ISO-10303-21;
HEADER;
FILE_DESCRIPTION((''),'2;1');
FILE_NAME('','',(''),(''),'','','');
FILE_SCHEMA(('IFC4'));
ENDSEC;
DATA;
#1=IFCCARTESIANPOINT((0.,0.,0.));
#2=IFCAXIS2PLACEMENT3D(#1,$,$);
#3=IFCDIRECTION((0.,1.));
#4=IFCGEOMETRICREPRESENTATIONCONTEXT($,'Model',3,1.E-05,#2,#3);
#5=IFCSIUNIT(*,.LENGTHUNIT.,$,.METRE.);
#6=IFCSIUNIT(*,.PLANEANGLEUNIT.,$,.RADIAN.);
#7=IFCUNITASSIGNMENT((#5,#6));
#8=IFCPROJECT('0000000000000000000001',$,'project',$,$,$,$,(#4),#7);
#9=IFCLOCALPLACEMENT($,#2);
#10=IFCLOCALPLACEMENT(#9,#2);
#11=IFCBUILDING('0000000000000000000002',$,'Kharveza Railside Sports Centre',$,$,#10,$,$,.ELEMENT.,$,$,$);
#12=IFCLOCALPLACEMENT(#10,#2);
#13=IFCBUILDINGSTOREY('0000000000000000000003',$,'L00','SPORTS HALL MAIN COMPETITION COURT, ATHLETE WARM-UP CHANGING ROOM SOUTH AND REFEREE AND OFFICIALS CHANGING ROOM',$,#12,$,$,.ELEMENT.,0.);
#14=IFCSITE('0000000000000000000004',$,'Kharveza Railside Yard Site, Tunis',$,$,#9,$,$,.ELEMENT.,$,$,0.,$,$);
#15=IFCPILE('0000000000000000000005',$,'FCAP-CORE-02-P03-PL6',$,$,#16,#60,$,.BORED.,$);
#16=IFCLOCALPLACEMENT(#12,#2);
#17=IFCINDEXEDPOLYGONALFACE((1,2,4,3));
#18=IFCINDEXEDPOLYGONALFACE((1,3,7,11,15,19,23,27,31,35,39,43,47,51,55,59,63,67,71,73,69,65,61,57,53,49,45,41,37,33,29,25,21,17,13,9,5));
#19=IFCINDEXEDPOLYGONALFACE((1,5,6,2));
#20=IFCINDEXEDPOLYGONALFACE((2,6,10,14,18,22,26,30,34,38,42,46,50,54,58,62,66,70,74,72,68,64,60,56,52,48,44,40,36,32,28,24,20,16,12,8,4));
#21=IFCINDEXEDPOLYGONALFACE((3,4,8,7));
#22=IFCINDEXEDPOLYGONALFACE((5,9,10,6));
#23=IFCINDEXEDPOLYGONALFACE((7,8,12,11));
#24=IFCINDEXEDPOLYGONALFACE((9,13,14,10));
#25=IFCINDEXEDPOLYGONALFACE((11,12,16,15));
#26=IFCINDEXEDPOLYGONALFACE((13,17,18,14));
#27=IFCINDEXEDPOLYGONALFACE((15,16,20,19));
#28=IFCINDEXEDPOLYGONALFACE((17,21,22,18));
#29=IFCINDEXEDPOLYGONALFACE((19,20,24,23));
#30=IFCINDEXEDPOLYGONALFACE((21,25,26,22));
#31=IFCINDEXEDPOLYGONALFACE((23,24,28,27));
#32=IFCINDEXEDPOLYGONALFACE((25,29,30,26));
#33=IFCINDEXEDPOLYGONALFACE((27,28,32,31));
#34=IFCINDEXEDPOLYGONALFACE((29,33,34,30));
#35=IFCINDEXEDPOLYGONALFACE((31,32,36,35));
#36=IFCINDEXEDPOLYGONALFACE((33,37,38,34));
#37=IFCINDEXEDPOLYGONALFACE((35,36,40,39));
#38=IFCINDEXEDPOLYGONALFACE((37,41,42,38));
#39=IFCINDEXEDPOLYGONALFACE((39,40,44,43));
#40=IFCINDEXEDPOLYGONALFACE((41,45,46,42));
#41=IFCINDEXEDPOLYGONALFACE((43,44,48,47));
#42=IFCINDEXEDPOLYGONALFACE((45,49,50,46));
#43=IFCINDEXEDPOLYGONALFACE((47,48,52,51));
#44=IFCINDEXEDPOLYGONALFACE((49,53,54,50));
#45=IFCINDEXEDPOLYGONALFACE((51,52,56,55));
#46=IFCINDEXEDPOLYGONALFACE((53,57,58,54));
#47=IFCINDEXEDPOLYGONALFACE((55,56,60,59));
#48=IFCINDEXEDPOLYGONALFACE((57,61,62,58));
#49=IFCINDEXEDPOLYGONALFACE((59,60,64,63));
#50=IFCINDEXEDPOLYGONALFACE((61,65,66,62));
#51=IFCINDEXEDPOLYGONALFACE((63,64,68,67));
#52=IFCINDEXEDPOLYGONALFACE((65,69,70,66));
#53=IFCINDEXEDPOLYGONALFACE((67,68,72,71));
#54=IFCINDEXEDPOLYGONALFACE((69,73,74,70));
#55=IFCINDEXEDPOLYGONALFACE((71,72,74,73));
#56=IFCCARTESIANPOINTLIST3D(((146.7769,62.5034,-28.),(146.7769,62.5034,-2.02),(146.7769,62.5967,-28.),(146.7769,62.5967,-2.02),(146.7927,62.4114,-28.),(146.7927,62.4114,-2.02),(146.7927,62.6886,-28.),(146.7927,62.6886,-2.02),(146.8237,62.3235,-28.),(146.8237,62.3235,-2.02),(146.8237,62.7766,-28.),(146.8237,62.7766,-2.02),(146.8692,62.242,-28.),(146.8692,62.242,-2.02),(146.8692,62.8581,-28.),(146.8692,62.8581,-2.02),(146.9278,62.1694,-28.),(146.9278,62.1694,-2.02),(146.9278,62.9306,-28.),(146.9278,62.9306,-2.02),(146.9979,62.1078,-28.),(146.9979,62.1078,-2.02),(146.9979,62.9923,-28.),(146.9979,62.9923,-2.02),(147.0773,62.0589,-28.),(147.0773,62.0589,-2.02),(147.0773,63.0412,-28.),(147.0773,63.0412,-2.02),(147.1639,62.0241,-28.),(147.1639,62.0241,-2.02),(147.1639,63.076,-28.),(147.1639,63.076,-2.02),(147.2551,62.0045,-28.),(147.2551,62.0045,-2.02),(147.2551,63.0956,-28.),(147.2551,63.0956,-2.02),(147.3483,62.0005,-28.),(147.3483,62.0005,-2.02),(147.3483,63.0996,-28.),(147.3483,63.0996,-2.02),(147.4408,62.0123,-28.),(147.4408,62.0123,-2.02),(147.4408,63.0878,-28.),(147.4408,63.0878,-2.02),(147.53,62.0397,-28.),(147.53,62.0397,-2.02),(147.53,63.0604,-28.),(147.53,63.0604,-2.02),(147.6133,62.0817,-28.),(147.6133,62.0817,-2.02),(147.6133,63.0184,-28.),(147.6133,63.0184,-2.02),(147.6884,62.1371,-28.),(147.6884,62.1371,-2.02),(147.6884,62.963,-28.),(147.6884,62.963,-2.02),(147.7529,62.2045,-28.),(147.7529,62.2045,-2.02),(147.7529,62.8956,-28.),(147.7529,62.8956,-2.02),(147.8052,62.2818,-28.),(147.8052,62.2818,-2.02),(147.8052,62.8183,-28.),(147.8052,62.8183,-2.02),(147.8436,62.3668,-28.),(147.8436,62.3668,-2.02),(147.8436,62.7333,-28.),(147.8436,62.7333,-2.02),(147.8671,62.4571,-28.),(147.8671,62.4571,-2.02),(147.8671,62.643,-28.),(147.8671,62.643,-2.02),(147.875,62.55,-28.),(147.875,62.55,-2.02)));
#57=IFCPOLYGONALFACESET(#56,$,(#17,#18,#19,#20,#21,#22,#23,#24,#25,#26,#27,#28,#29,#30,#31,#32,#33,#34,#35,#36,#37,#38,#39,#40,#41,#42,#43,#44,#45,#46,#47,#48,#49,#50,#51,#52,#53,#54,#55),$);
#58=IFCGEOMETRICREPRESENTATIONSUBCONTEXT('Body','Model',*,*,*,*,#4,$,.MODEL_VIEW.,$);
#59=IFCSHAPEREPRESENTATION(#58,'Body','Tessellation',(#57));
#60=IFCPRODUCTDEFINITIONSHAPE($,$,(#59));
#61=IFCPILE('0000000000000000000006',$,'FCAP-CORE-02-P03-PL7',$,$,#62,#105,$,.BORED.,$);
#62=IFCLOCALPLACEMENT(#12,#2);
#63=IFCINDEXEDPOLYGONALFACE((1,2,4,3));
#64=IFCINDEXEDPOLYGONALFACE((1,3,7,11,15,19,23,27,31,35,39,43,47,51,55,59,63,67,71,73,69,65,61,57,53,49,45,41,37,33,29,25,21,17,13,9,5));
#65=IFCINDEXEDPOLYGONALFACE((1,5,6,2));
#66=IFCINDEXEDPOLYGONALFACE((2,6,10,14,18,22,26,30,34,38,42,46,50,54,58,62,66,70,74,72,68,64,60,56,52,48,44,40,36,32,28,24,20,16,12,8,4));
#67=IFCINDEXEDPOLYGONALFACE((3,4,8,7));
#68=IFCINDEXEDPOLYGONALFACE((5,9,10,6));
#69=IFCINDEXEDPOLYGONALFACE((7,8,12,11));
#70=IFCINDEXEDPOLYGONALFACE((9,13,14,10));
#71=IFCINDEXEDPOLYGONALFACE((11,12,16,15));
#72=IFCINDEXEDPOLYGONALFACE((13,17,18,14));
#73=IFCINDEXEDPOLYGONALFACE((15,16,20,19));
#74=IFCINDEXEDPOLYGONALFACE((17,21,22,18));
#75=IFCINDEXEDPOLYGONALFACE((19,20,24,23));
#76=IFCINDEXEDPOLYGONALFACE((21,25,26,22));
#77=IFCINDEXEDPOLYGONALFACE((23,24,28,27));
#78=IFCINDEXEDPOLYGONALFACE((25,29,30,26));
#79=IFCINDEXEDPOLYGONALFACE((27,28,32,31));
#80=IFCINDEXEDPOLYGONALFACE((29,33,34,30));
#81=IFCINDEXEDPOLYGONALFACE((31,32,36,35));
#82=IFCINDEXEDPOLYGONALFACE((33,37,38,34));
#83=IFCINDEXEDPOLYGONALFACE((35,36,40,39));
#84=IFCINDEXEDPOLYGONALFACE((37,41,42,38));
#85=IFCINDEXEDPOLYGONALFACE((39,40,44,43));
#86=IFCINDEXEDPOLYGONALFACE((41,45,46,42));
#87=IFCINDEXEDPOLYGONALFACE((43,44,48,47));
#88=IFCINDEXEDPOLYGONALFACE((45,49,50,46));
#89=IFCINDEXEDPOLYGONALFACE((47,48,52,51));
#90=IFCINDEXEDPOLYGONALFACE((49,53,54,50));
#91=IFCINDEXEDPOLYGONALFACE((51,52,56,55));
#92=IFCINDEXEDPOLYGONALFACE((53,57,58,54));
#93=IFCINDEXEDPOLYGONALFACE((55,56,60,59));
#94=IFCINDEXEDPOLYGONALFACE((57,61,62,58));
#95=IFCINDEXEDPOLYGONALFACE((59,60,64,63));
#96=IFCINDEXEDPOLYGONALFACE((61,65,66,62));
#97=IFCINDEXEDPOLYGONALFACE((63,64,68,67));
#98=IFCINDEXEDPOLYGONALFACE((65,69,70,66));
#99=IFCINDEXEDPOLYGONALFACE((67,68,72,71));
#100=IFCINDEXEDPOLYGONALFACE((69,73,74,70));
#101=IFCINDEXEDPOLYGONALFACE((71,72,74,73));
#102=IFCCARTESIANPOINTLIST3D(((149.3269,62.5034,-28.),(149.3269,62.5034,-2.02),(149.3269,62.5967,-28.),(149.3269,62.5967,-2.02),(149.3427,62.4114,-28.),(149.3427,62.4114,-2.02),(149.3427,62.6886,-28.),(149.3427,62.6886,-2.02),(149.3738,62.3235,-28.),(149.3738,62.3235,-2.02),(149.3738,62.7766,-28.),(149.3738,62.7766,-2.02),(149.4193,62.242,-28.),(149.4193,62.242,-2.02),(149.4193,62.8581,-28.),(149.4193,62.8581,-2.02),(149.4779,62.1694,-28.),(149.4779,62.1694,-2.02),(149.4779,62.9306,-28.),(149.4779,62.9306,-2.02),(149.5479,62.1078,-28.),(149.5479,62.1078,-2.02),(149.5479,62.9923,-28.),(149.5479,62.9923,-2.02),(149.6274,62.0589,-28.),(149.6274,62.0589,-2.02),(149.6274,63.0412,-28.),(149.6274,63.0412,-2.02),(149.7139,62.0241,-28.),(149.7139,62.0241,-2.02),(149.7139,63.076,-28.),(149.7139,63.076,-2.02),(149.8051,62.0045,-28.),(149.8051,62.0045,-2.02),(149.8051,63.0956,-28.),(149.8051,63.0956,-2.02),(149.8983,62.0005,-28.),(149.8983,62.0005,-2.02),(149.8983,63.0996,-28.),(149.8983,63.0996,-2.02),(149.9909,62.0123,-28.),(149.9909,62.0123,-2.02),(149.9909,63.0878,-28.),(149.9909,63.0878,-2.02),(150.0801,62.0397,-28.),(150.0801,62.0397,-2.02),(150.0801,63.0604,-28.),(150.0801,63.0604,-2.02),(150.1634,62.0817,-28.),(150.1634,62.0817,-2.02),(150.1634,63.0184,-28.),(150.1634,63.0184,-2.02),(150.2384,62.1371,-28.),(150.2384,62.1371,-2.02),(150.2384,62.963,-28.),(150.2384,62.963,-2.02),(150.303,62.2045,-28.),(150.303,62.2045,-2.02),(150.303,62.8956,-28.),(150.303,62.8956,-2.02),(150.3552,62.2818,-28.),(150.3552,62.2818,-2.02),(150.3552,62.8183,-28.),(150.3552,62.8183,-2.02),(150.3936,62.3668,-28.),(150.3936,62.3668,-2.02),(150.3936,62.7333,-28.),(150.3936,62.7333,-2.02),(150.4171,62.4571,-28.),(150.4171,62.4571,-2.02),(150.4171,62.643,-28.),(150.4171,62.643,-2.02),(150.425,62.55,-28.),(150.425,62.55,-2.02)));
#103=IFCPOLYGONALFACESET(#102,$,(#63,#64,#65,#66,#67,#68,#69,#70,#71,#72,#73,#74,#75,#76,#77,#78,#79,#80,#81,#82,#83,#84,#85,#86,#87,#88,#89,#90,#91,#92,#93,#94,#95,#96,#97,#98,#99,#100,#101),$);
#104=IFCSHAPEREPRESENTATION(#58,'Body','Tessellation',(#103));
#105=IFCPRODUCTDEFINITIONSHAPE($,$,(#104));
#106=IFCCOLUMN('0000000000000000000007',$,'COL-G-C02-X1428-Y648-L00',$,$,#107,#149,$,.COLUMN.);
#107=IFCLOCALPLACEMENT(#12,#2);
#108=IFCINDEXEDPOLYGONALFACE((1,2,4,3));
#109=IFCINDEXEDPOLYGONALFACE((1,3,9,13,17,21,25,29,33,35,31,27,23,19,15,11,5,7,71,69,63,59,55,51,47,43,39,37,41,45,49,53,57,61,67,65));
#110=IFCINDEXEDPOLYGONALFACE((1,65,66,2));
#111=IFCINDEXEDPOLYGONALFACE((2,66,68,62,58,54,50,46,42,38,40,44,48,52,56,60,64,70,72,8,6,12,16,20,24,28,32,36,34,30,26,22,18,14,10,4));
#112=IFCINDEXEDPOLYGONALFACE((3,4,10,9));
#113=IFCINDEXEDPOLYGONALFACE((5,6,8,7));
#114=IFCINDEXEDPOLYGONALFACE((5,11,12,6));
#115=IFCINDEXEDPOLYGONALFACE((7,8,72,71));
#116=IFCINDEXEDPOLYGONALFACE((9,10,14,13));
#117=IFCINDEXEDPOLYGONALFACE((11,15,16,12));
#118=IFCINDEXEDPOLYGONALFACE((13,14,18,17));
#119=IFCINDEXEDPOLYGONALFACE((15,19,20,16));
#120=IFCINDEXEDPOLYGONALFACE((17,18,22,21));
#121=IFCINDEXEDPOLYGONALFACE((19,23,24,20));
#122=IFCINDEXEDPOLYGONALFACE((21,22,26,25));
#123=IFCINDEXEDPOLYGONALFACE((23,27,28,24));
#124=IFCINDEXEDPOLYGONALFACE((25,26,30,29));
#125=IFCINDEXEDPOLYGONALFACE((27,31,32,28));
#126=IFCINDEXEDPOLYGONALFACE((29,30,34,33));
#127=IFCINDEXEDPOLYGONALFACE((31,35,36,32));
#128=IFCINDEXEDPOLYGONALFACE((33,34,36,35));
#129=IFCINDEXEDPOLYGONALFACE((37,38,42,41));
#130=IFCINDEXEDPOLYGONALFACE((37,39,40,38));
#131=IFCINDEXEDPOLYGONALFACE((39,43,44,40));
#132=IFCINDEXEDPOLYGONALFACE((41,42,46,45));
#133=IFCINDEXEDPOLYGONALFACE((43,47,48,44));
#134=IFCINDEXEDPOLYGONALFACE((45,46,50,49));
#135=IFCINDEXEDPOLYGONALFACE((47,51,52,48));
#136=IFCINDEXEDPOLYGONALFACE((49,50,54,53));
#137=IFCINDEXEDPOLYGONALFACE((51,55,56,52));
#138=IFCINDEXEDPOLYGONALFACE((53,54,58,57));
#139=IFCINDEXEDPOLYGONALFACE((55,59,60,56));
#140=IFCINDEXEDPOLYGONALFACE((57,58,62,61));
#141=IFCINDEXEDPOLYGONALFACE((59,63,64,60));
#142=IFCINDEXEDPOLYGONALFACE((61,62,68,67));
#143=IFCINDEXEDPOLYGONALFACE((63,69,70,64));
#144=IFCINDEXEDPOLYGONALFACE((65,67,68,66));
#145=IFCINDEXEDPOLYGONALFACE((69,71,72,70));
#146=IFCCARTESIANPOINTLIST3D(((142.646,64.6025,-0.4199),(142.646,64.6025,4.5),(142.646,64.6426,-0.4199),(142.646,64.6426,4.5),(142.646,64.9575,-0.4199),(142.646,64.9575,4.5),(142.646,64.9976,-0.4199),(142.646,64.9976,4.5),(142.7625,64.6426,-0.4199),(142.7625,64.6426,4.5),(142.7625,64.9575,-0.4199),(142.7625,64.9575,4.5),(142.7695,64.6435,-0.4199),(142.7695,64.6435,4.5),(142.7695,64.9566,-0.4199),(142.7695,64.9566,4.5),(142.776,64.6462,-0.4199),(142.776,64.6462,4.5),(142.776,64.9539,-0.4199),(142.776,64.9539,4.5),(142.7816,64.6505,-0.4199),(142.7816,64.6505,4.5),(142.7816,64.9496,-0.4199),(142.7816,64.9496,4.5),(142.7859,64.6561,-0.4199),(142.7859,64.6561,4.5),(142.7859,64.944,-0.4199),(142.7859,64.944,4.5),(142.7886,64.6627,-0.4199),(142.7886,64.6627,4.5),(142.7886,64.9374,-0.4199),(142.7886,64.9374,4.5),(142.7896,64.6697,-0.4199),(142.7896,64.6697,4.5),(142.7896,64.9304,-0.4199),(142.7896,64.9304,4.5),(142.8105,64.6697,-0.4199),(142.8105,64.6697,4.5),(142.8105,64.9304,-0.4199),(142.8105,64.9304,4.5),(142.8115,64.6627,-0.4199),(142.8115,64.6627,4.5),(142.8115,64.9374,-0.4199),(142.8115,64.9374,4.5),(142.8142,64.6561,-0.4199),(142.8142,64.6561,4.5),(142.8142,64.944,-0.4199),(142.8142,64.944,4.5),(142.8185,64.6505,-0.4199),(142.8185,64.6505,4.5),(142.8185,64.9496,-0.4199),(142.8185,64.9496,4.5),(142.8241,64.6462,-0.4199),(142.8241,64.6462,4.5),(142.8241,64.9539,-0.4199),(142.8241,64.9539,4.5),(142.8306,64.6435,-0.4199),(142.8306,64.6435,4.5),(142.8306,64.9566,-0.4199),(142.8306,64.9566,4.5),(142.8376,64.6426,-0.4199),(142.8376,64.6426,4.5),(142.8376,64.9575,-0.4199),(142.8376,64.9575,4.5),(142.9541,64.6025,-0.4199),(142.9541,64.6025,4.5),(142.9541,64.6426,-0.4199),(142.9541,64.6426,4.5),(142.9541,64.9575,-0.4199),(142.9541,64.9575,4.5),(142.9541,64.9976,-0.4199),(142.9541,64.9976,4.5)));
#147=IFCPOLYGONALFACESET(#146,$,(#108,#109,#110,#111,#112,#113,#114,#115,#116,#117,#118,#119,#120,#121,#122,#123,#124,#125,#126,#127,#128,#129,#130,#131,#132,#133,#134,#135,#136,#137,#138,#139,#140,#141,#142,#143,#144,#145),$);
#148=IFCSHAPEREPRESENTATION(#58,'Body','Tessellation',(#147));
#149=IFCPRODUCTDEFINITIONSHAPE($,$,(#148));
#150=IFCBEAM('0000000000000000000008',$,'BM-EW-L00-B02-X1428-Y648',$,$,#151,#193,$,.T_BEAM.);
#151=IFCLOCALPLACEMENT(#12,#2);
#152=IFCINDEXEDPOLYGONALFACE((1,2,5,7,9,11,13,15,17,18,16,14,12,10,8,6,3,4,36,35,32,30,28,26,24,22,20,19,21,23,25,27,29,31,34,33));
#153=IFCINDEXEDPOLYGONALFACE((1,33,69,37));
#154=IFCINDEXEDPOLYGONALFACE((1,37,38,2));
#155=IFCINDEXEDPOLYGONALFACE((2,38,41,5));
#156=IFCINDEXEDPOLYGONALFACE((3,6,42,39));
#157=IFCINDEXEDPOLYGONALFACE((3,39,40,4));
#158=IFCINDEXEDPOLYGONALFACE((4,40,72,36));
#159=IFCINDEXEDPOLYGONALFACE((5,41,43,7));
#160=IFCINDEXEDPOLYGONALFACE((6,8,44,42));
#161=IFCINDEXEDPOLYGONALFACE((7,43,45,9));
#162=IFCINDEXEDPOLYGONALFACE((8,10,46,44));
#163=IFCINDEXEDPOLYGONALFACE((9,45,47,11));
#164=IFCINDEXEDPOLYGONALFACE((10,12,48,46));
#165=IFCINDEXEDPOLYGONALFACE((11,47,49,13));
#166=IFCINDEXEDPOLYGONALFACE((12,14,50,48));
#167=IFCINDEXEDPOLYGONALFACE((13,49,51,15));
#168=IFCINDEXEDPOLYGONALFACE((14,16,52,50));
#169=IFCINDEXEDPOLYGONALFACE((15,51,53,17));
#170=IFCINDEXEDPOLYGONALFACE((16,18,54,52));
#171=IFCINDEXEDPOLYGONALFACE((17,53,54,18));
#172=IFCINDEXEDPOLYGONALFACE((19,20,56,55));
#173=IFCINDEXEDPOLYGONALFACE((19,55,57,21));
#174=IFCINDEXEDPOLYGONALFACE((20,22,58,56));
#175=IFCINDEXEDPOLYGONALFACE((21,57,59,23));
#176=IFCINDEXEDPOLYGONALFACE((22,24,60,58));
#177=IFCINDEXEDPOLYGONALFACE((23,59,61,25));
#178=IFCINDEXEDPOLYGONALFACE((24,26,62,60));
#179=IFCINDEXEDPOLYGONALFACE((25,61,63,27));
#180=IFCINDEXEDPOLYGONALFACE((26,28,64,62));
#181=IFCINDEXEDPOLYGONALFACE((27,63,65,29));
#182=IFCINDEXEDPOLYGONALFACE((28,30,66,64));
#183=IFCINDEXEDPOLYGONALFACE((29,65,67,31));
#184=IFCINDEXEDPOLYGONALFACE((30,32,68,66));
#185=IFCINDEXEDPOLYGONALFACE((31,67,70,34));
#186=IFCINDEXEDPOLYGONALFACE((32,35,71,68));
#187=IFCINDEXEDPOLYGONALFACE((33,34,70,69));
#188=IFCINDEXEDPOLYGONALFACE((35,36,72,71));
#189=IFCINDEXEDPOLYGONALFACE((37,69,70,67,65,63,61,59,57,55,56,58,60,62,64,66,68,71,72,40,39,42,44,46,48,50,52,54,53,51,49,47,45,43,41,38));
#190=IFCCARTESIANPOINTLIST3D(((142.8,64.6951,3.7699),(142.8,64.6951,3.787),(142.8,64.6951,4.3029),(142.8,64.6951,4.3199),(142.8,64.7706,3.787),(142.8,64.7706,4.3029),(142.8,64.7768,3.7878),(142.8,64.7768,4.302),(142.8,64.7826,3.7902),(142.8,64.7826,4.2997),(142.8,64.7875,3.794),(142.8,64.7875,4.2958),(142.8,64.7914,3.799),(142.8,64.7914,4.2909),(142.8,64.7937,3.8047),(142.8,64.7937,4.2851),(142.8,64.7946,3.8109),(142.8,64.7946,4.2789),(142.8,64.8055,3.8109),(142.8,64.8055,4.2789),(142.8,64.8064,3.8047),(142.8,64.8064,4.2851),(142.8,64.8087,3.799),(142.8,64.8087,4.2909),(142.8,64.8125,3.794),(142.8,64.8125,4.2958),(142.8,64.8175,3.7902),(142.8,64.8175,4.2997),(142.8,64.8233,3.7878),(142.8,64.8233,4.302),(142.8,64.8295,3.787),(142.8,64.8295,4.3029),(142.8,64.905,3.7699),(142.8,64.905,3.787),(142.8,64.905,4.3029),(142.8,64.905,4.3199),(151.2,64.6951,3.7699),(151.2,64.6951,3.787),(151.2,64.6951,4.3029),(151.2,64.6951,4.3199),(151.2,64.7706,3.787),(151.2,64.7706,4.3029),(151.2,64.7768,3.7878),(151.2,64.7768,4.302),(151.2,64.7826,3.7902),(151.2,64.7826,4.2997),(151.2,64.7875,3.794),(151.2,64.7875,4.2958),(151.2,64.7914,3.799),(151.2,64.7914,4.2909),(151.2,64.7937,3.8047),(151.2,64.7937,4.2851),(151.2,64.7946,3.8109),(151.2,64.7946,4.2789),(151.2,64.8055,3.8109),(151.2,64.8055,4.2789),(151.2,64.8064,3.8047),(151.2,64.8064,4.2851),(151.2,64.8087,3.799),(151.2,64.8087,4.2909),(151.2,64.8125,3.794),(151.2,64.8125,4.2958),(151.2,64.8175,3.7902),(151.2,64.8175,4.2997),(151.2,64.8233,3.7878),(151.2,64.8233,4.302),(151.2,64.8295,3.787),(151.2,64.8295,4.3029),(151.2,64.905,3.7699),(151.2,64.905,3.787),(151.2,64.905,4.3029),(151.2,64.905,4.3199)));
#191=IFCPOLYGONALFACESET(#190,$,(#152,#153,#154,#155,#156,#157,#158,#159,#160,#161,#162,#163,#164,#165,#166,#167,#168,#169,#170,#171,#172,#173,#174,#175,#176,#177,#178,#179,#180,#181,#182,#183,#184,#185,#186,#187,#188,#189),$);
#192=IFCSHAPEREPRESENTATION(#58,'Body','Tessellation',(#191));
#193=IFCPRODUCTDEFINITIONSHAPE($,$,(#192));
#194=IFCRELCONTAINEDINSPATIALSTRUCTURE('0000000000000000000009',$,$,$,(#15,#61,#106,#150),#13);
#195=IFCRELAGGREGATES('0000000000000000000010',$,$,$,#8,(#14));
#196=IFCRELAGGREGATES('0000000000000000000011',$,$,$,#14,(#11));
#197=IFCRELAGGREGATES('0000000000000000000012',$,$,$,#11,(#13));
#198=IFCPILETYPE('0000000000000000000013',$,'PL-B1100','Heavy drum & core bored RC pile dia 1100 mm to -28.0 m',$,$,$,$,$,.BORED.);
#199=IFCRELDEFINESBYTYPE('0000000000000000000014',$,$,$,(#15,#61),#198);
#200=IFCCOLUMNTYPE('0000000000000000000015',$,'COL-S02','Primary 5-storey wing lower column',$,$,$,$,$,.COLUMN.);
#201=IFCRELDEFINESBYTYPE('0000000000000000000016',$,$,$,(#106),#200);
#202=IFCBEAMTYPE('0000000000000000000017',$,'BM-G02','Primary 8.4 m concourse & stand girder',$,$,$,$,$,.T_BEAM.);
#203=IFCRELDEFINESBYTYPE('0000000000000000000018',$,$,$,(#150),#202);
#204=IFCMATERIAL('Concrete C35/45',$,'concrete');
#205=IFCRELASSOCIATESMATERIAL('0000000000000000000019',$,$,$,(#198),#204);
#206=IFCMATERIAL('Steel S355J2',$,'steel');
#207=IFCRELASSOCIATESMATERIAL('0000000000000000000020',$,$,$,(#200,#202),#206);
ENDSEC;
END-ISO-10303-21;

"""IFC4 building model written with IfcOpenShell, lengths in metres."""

from ifc_helpers import new_model, si_unit, direction, frame, origin, origin_2d, place, context, subcontext, project, spatial, circle, i_section, extrude, material, material_profile, profile_set, type_object, element, save


model = new_model("IFC4")

# Units and contexts
model_context = context("Model", 3, precision=1e-05, world=origin(), true_north=direction((0.0, 1.0)))
body_context = subcontext(model_context, "Body", "Model", "MODEL_VIEW")
ifc_project = project(units=[si_unit("LENGTHUNIT", "METRE"), si_unit("PLANEANGLEUNIT", "RADIAN")], contexts=[model_context])

# Site, building, storey
site_placement = place(None, origin())
site = spatial("IfcSite", under=ifc_project, at=site_placement, Name="Kharveza Railside Yard Site, Tunis", CompositionType="ELEMENT", RefElevation=0.0)
building_placement = place(site_placement, origin())
building = spatial("IfcBuilding", under=site, at=building_placement, Name="Kharveza Railside Sports Centre", CompositionType="ELEMENT")
storey_placement = place(building_placement, origin())
storey = spatial("IfcBuildingStorey", under=building, at=storey_placement, Name="L00", Description="SPORTS HALL MAIN COMPETITION COURT, ATHLETE WARM-UP CHANGING ROOM SOUTH AND REFEREE AND OFFICIALS CHANGING ROOM", CompositionType="ELEMENT", Elevation=0.0)

# Shared definitions
ifc_material_1 = material(Name="Concrete C35/45", Category="concrete")

# Piles
ifc_material_profile_1 = material_profile(ifc_material_1, circle(Radius=0.55, at=origin_2d()), Name="PILE D1100")
ifc_profile_set_1 = profile_set([ifc_material_profile_1], Name="Concrete C35/45")
pile_type = type_object("IfcPileType", Name="PL-B1100", Description="Heavy drum & core bored RC pile dia 1100 mm to -28.0 m", PredefinedType="BORED", material=ifc_profile_set_1)
for number, where, z_axis, x_axis, name in (
    (1, (147.325, 62.55, -2.02), (0.0, 0.0, -1.0), (1.0, 0.0, 0.0), "FCAP-CORE-02-P03-PL6"),
    (2, (149.875, 62.55, -2.02), (0.0, 0.0, -1.0), (1.0, 0.0, 0.0), "FCAP-CORE-02-P03-PL7"),
):
    element("IfcPile", number, at=place(storey_placement, frame(where, z_axis=z_axis, x_axis=x_axis)), inside=storey, type_object=pile_type, Name=name, PredefinedType="BORED", context=body_context, shape_type="SweptSolid", body=[
        extrude(circle(Radius=0.55, at=origin_2d()), origin(), (0.0, 0.0, 1.0), 25.98),
    ])

# Column
ifc_material_2 = material(Name="Steel S355J2", Category="steel")
ifc_material_profile_2 = material_profile(ifc_material_2, i_section(OverallWidth=0.3081, OverallDepth=0.395, WebThickness=0.021, FlangeThickness=0.04, FilletRadius=0.0271, at=origin_2d()), Name="HEM 360")
ifc_profile_set_2 = profile_set([ifc_material_profile_2], Name="Steel S355J2")
column_type = type_object("IfcColumnType", Name="COL-S02", Description="Primary 5-storey wing lower column", PredefinedType="COLUMN", material=ifc_profile_set_2)
column_placement = place(storey_placement, frame((142.8, 64.8, -0.4199), z_axis=(0.0, 0.0, 1.0), x_axis=(1.0, 0.0, 0.0)))
element("IfcColumn", 3, at=column_placement, inside=storey, type_object=column_type, Name="COL-G-C02-X1428-Y648-L00", PredefinedType="COLUMN", context=body_context, shape_type="SweptSolid", body=[
    extrude(i_section(OverallWidth=0.3081, OverallDepth=0.395, WebThickness=0.021, FlangeThickness=0.04, FilletRadius=0.0271, at=origin_2d()), origin(), (0.0, 0.0, 1.0), 4.9199),
])

# Beam
ifc_material_profile_3 = material_profile(ifc_material_2, i_section(OverallWidth=0.21, OverallDepth=0.55, WebThickness=0.011, FlangeThickness=0.0171, FilletRadius=0.0239, at=origin_2d()), Name="IPE 550")
ifc_profile_set_3 = profile_set([ifc_material_profile_3], Name="Steel S355J2")
beam_type_1 = type_object("IfcBeamType", Name="BM-G02", Description="Primary 8.4 m concourse & stand girder", PredefinedType="T_BEAM", material=ifc_profile_set_3)
beam_1_placement = place(storey_placement, frame((142.8, 64.8, 4.0449), z_axis=(1.0, 0.0, 0.0), x_axis=(0.0, 1.0, 0.0)))
element("IfcBeam", 4, at=beam_1_placement, inside=storey, type_object=beam_type_1, Name="BM-EW-L00-B02-X1428-Y648", PredefinedType="T_BEAM", context=body_context, shape_type="SweptSolid", body=[
    extrude(i_section(OverallWidth=0.21, OverallDepth=0.55, WebThickness=0.011, FlangeThickness=0.0171, FilletRadius=0.0239, at=origin_2d()), origin(), (0.0, 0.0, 1.0), 8.3999),
])

save(model, "model.ifc")
